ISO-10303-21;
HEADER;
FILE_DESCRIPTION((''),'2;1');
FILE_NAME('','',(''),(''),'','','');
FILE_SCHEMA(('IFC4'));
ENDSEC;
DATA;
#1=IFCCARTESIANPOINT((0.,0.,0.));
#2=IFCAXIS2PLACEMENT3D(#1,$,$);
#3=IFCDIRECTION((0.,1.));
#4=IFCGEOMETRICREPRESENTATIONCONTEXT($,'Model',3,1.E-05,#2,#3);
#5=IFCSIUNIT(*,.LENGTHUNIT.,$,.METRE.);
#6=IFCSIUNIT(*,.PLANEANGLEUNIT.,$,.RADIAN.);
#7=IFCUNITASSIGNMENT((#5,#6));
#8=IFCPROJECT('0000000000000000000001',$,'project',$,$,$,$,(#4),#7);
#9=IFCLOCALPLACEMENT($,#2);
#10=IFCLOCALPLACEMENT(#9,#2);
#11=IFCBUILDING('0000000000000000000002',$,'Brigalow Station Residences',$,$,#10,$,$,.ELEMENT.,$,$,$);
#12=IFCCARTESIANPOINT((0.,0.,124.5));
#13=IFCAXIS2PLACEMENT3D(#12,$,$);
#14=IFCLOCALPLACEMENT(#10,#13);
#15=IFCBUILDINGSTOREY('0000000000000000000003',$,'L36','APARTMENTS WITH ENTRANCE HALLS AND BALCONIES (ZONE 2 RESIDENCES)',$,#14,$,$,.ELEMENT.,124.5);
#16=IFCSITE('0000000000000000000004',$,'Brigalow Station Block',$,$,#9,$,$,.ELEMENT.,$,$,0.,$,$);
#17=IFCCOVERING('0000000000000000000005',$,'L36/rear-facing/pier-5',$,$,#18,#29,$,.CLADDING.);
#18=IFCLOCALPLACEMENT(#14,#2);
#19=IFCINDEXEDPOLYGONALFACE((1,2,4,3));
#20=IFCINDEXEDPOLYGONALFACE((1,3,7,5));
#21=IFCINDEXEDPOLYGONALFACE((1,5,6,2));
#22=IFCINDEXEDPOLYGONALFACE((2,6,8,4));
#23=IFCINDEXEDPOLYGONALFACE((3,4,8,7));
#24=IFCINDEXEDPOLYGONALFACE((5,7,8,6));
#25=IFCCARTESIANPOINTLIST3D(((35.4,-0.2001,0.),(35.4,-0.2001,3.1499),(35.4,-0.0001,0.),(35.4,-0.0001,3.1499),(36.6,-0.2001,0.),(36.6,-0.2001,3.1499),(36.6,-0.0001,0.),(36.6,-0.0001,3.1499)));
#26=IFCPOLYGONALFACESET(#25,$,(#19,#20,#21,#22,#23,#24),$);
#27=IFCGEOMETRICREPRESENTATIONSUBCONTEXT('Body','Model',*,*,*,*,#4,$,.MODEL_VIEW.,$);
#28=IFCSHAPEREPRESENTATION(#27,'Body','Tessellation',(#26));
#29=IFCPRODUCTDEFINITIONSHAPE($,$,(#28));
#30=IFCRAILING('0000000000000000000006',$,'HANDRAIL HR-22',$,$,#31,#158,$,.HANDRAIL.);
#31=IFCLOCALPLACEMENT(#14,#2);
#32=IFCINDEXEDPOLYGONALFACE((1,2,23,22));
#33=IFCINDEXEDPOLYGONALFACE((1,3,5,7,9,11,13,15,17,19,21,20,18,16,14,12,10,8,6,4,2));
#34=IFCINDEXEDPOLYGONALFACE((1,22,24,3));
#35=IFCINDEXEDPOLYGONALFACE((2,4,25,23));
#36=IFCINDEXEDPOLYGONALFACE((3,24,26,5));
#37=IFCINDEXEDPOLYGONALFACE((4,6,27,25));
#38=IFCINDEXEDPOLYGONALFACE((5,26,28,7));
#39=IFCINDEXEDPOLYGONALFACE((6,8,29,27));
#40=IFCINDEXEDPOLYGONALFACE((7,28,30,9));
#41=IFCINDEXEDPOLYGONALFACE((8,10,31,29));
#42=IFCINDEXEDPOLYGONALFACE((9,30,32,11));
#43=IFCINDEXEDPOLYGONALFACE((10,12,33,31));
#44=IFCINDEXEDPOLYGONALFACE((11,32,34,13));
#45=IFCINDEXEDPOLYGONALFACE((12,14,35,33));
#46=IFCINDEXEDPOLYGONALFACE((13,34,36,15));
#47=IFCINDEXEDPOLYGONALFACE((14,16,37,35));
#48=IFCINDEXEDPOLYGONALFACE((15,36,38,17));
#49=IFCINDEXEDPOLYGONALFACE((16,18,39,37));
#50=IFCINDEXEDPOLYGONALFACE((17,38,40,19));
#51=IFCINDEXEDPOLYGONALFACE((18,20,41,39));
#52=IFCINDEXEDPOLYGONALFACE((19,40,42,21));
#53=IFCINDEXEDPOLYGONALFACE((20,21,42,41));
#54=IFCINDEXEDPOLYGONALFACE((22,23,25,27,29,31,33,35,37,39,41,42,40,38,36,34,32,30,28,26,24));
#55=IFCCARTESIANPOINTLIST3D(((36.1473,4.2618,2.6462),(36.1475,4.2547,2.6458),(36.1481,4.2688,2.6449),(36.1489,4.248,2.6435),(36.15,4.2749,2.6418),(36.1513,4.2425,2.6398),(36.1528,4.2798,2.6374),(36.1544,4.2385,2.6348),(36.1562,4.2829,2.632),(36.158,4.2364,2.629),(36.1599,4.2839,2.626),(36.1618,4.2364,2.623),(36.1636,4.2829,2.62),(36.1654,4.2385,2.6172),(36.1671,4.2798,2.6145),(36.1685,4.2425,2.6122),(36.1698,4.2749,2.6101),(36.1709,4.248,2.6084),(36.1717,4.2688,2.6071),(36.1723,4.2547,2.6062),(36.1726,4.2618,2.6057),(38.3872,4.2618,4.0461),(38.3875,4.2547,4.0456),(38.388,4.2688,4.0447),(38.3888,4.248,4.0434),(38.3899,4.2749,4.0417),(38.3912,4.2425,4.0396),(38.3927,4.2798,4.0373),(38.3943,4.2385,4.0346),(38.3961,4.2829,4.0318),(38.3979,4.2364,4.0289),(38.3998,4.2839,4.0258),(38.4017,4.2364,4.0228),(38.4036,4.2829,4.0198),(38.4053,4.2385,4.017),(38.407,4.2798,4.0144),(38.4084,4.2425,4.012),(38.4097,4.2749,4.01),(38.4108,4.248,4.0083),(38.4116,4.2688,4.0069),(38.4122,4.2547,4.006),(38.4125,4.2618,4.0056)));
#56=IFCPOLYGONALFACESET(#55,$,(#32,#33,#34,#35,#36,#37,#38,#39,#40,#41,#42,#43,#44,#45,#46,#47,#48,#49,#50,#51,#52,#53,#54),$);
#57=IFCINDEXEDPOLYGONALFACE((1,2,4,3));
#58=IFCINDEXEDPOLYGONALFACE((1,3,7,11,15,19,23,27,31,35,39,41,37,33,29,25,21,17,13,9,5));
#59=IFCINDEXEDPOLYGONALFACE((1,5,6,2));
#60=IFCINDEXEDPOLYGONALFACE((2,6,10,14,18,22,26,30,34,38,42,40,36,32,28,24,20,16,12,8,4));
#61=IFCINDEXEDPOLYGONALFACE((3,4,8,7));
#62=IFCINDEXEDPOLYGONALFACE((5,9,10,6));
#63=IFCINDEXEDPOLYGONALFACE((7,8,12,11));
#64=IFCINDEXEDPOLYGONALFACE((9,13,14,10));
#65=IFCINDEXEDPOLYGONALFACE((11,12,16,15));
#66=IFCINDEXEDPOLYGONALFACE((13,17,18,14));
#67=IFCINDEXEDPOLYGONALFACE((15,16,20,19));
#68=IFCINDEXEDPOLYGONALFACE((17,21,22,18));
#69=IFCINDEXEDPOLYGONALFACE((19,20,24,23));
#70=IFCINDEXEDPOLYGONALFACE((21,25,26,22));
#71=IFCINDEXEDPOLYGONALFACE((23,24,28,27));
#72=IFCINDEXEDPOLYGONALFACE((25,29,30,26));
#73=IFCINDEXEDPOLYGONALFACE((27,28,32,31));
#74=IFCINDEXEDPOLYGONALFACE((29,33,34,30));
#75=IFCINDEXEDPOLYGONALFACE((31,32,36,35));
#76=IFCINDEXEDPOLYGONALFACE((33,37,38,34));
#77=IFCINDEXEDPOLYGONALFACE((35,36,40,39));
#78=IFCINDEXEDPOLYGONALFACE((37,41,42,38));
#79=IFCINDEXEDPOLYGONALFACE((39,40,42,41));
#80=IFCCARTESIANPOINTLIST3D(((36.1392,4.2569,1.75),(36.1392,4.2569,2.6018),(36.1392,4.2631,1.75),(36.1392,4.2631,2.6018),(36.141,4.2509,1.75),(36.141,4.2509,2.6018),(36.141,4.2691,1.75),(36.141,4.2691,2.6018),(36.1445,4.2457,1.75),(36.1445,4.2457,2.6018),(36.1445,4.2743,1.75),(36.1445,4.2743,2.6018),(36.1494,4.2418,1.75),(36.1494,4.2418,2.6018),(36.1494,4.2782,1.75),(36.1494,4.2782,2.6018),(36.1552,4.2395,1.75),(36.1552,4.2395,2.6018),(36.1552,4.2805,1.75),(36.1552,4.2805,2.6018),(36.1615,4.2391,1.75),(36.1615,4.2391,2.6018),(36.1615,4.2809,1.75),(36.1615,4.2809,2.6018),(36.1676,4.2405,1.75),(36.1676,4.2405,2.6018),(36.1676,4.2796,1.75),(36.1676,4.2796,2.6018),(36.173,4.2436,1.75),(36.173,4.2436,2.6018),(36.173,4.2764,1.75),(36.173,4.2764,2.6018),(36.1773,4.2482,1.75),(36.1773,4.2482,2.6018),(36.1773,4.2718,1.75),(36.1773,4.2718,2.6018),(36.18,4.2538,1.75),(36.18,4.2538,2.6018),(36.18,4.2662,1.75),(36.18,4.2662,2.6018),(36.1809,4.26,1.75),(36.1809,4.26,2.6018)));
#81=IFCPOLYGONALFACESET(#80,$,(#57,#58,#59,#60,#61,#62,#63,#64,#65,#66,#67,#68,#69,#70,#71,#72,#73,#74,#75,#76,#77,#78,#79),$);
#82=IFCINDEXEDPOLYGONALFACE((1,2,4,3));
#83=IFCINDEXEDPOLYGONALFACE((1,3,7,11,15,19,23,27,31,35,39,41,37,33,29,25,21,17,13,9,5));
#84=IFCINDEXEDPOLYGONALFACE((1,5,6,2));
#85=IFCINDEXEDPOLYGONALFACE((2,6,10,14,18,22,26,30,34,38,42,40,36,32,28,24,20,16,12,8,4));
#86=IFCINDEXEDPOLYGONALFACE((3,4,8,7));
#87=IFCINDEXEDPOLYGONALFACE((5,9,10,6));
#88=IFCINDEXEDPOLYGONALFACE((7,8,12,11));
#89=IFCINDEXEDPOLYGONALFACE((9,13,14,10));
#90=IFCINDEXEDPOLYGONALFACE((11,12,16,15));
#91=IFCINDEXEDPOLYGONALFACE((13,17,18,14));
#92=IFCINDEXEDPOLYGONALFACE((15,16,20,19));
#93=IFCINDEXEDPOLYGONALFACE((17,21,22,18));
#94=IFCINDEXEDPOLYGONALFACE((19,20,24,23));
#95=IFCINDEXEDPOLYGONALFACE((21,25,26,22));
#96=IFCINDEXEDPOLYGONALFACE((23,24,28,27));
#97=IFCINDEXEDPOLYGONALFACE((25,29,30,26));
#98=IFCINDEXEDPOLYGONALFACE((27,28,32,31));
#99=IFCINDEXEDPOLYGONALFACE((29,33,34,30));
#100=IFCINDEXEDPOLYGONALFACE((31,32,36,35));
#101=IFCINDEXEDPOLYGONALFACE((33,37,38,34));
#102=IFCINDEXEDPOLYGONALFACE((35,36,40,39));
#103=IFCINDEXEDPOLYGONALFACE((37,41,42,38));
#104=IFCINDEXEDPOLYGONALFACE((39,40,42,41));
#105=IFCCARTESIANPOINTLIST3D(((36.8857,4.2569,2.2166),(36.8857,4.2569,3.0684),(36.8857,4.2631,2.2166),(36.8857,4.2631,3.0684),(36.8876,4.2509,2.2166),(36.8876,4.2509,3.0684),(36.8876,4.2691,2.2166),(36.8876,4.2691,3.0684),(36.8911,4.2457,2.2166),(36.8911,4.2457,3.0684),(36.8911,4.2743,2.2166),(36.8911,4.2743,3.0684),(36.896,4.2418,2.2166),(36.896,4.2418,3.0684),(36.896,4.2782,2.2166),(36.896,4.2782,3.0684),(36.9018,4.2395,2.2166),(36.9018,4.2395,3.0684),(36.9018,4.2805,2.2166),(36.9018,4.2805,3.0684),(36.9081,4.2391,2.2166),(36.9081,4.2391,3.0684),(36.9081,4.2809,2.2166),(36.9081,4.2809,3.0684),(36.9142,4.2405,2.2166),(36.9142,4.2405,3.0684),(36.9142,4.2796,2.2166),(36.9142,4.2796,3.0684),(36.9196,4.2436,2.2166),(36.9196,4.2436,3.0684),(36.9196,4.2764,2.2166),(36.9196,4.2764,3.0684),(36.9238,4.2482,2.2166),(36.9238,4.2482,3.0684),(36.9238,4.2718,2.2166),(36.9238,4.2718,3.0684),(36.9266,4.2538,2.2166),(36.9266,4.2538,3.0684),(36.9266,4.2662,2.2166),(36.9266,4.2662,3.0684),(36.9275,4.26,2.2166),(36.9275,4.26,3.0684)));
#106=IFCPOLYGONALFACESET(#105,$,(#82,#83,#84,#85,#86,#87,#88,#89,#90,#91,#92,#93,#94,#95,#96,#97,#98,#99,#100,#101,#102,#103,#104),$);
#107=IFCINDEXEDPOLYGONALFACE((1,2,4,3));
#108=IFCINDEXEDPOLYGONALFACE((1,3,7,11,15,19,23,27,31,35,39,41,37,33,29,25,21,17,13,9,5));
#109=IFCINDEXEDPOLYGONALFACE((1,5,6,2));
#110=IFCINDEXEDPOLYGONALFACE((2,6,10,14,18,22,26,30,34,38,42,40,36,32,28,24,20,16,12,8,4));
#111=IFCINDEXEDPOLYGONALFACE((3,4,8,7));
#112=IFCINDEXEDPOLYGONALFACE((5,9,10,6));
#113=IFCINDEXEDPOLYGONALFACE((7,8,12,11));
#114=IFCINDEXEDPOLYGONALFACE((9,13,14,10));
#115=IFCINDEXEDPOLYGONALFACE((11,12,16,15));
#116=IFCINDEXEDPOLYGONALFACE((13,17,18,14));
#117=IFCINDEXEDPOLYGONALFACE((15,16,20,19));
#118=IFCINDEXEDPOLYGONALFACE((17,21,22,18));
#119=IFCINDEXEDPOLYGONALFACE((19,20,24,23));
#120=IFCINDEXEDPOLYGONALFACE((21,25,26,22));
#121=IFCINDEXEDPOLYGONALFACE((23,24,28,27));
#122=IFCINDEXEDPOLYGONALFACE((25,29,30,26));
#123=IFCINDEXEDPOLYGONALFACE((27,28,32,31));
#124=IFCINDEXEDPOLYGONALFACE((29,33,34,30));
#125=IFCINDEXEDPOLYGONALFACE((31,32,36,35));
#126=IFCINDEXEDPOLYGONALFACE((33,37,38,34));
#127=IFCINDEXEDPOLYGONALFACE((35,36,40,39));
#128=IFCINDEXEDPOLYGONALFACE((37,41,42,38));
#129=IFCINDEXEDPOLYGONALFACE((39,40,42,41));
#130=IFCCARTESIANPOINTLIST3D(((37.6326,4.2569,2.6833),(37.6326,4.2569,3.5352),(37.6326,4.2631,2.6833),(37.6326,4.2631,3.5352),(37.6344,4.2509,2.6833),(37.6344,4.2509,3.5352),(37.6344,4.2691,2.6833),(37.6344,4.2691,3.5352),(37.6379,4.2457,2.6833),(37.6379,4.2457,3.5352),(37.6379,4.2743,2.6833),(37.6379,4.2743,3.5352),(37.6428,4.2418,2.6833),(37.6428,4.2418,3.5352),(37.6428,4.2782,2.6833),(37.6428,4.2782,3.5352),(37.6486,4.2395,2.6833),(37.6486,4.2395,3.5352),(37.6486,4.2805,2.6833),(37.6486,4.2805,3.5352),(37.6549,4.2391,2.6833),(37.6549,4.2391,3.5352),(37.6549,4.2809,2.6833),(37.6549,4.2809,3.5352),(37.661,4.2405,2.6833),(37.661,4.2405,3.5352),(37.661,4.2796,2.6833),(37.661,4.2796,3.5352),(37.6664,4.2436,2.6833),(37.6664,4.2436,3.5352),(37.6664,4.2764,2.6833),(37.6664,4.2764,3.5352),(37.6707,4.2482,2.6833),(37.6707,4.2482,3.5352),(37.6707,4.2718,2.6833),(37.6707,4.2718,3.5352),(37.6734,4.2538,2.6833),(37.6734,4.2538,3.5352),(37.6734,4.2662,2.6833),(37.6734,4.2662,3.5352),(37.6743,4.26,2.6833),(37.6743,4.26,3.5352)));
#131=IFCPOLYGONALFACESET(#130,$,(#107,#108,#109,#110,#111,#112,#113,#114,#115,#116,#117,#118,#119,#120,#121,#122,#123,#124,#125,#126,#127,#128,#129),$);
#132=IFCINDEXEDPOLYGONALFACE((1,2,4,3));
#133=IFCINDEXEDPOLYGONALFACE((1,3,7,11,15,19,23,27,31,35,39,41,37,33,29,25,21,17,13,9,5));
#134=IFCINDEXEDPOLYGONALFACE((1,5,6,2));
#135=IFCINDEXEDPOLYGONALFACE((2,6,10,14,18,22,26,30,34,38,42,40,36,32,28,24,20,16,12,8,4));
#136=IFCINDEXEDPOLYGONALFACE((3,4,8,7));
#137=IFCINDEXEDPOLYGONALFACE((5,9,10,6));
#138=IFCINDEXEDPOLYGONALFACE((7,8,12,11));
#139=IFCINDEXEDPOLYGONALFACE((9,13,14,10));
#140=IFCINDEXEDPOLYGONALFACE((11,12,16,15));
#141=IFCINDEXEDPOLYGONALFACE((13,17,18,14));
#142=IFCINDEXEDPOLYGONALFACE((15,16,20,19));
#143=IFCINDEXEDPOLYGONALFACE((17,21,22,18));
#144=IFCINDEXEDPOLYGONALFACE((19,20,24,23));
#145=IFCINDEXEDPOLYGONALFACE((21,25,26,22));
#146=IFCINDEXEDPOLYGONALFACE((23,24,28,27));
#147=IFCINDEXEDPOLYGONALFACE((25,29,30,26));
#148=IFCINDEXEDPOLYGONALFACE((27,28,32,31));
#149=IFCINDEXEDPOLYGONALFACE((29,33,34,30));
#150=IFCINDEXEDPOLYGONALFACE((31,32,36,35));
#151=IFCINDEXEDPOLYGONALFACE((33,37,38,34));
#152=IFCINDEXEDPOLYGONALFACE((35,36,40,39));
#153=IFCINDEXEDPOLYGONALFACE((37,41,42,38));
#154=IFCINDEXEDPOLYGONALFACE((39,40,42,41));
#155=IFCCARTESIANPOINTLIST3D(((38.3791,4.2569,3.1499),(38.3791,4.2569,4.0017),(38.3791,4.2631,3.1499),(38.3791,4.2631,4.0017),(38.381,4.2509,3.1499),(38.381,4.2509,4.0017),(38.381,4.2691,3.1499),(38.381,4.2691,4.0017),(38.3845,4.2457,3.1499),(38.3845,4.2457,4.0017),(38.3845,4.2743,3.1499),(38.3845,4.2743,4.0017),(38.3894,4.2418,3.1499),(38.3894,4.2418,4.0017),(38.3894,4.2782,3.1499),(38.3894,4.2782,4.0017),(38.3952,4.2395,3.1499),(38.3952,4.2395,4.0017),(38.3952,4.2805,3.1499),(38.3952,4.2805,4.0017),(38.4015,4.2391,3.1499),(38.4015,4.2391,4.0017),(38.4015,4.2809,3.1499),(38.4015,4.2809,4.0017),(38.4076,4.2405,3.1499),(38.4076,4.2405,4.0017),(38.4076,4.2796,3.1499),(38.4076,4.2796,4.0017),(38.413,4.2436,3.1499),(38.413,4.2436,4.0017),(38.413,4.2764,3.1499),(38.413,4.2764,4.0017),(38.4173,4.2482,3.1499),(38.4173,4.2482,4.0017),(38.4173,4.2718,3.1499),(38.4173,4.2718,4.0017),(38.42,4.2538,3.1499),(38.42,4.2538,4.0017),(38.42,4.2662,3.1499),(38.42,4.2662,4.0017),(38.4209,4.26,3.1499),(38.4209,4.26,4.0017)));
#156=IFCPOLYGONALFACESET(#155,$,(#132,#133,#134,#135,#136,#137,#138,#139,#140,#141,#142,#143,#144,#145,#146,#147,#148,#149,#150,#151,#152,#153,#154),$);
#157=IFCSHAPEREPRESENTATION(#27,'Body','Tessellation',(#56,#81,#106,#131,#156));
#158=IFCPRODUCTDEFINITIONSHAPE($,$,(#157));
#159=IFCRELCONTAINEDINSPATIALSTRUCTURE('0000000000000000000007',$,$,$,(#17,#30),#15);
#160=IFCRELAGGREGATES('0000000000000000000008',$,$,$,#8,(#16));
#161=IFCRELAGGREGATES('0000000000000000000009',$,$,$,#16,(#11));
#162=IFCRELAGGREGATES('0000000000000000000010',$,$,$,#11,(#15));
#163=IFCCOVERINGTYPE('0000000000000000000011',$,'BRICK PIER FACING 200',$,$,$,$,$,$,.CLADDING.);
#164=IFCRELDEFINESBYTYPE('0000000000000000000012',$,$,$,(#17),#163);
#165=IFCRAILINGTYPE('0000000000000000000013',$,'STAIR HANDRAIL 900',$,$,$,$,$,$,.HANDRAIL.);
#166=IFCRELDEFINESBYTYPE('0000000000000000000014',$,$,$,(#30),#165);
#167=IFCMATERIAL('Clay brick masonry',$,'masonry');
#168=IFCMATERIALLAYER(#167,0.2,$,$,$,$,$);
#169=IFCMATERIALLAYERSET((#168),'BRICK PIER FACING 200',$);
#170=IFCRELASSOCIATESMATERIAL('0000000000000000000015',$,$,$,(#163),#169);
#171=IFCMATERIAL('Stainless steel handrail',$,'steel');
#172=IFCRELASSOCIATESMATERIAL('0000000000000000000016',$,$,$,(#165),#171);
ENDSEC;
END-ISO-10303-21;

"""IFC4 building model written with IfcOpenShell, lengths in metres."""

from ifc_helpers import new_model, si_unit, direction, frame, origin, origin_2d, place, context, subcontext, project, spatial, rectangle, circle, extrude, material, layer, layer_set, type_object, element, save


model = new_model("IFC4")

# Units and contexts
model_context = context("Model", 3, precision=1e-05, world=origin(), true_north=direction((0.0, 1.0)))
body_context = subcontext(model_context, "Body", "Model", "MODEL_VIEW")
ifc_project = project(units=[si_unit("LENGTHUNIT", "METRE"), si_unit("PLANEANGLEUNIT", "RADIAN")], contexts=[model_context])

# Site, building, storey
site_placement = place(None, origin())
site = spatial("IfcSite", under=ifc_project, at=site_placement, Name="Brigalow Station Block", CompositionType="ELEMENT", RefElevation=0.0)
building_placement = place(site_placement, origin())
building = spatial("IfcBuilding", under=site, at=building_placement, Name="Brigalow Station Residences", CompositionType="ELEMENT")
storey_placement = place(building_placement, frame((0.0, 0.0, 124.5)))
storey = spatial("IfcBuildingStorey", under=building, at=storey_placement, Name="L36", Description="APARTMENTS WITH ENTRANCE HALLS AND BALCONIES (ZONE 2 RESIDENCES)", CompositionType="ELEMENT", Elevation=124.5)

# Covering
ifc_material_1 = material(Name="Clay brick masonry", Category="masonry")
ifc_layer_1 = layer(ifc_material_1, 0.2)
ifc_layer_set_1 = layer_set([ifc_layer_1], Name="BRICK PIER FACING 200")
covering_type_1 = type_object("IfcCoveringType", Name="BRICK PIER FACING 200", PredefinedType="CLADDING", material=ifc_layer_set_1)
for number, where, z_axis, x_axis, name in (
    (1, (36.0, -0.1001, 0.0), (0.0, 0.0, 1.0), (1.0, 0.0, 0.0), "L36/rear-facing/pier-5"),
):
    element("IfcCovering", number, at=place(storey_placement, frame(where, z_axis=z_axis, x_axis=x_axis)), inside=storey, type_object=covering_type_1, Name=name, PredefinedType="CLADDING", context=body_context, shape_type="SweptSolid", body=[
        extrude(rectangle(XDim=1.2, YDim=0.2, at=origin_2d()), origin(), (0.0, 0.0, 1.0), 3.1499),
    ])

# Railing
ifc_material_2 = material(Name="Stainless steel handrail", Category="steel")
railing_type = type_object("IfcRailingType", Name="STAIR HANDRAIL 900", PredefinedType="HANDRAIL", material=ifc_material_2)
railing_placement = place(storey_placement, frame((36.1599, 4.26, 1.75)))
element("IfcRailing", 2, at=railing_placement, inside=storey, type_object=railing_type, Name="HANDRAIL HR-22", PredefinedType="HANDRAIL", context=body_context, shape_type="SweptSolid", body=[
    extrude(circle(Radius=0.0239, at=origin_2d()), frame((0.0, 0.0, 0.876), z_axis=(0.848014, 0.0, 0.529974), x_axis=(0.0, 1.0, 0.0)), (0.0, 0.0, 1.0), 2.6414),
    extrude(circle(Radius=0.021, at=origin_2d()), origin(), (0.0, 0.0, 1.0), 0.8518),
    extrude(circle(Radius=0.021, at=origin_2d()), frame((0.7466, 0.0, 0.4666)), (0.0, 0.0, 1.0), 0.8518),
    extrude(circle(Radius=0.021, at=origin_2d()), frame((1.4934, 0.0, 0.9333)), (0.0, 0.0, 1.0), 0.8518),
    extrude(circle(Radius=0.021, at=origin_2d()), frame((2.24, 0.0, 1.3999)), (0.0, 0.0, 1.0), 0.8518),
])

save(model, "model.ifc")
